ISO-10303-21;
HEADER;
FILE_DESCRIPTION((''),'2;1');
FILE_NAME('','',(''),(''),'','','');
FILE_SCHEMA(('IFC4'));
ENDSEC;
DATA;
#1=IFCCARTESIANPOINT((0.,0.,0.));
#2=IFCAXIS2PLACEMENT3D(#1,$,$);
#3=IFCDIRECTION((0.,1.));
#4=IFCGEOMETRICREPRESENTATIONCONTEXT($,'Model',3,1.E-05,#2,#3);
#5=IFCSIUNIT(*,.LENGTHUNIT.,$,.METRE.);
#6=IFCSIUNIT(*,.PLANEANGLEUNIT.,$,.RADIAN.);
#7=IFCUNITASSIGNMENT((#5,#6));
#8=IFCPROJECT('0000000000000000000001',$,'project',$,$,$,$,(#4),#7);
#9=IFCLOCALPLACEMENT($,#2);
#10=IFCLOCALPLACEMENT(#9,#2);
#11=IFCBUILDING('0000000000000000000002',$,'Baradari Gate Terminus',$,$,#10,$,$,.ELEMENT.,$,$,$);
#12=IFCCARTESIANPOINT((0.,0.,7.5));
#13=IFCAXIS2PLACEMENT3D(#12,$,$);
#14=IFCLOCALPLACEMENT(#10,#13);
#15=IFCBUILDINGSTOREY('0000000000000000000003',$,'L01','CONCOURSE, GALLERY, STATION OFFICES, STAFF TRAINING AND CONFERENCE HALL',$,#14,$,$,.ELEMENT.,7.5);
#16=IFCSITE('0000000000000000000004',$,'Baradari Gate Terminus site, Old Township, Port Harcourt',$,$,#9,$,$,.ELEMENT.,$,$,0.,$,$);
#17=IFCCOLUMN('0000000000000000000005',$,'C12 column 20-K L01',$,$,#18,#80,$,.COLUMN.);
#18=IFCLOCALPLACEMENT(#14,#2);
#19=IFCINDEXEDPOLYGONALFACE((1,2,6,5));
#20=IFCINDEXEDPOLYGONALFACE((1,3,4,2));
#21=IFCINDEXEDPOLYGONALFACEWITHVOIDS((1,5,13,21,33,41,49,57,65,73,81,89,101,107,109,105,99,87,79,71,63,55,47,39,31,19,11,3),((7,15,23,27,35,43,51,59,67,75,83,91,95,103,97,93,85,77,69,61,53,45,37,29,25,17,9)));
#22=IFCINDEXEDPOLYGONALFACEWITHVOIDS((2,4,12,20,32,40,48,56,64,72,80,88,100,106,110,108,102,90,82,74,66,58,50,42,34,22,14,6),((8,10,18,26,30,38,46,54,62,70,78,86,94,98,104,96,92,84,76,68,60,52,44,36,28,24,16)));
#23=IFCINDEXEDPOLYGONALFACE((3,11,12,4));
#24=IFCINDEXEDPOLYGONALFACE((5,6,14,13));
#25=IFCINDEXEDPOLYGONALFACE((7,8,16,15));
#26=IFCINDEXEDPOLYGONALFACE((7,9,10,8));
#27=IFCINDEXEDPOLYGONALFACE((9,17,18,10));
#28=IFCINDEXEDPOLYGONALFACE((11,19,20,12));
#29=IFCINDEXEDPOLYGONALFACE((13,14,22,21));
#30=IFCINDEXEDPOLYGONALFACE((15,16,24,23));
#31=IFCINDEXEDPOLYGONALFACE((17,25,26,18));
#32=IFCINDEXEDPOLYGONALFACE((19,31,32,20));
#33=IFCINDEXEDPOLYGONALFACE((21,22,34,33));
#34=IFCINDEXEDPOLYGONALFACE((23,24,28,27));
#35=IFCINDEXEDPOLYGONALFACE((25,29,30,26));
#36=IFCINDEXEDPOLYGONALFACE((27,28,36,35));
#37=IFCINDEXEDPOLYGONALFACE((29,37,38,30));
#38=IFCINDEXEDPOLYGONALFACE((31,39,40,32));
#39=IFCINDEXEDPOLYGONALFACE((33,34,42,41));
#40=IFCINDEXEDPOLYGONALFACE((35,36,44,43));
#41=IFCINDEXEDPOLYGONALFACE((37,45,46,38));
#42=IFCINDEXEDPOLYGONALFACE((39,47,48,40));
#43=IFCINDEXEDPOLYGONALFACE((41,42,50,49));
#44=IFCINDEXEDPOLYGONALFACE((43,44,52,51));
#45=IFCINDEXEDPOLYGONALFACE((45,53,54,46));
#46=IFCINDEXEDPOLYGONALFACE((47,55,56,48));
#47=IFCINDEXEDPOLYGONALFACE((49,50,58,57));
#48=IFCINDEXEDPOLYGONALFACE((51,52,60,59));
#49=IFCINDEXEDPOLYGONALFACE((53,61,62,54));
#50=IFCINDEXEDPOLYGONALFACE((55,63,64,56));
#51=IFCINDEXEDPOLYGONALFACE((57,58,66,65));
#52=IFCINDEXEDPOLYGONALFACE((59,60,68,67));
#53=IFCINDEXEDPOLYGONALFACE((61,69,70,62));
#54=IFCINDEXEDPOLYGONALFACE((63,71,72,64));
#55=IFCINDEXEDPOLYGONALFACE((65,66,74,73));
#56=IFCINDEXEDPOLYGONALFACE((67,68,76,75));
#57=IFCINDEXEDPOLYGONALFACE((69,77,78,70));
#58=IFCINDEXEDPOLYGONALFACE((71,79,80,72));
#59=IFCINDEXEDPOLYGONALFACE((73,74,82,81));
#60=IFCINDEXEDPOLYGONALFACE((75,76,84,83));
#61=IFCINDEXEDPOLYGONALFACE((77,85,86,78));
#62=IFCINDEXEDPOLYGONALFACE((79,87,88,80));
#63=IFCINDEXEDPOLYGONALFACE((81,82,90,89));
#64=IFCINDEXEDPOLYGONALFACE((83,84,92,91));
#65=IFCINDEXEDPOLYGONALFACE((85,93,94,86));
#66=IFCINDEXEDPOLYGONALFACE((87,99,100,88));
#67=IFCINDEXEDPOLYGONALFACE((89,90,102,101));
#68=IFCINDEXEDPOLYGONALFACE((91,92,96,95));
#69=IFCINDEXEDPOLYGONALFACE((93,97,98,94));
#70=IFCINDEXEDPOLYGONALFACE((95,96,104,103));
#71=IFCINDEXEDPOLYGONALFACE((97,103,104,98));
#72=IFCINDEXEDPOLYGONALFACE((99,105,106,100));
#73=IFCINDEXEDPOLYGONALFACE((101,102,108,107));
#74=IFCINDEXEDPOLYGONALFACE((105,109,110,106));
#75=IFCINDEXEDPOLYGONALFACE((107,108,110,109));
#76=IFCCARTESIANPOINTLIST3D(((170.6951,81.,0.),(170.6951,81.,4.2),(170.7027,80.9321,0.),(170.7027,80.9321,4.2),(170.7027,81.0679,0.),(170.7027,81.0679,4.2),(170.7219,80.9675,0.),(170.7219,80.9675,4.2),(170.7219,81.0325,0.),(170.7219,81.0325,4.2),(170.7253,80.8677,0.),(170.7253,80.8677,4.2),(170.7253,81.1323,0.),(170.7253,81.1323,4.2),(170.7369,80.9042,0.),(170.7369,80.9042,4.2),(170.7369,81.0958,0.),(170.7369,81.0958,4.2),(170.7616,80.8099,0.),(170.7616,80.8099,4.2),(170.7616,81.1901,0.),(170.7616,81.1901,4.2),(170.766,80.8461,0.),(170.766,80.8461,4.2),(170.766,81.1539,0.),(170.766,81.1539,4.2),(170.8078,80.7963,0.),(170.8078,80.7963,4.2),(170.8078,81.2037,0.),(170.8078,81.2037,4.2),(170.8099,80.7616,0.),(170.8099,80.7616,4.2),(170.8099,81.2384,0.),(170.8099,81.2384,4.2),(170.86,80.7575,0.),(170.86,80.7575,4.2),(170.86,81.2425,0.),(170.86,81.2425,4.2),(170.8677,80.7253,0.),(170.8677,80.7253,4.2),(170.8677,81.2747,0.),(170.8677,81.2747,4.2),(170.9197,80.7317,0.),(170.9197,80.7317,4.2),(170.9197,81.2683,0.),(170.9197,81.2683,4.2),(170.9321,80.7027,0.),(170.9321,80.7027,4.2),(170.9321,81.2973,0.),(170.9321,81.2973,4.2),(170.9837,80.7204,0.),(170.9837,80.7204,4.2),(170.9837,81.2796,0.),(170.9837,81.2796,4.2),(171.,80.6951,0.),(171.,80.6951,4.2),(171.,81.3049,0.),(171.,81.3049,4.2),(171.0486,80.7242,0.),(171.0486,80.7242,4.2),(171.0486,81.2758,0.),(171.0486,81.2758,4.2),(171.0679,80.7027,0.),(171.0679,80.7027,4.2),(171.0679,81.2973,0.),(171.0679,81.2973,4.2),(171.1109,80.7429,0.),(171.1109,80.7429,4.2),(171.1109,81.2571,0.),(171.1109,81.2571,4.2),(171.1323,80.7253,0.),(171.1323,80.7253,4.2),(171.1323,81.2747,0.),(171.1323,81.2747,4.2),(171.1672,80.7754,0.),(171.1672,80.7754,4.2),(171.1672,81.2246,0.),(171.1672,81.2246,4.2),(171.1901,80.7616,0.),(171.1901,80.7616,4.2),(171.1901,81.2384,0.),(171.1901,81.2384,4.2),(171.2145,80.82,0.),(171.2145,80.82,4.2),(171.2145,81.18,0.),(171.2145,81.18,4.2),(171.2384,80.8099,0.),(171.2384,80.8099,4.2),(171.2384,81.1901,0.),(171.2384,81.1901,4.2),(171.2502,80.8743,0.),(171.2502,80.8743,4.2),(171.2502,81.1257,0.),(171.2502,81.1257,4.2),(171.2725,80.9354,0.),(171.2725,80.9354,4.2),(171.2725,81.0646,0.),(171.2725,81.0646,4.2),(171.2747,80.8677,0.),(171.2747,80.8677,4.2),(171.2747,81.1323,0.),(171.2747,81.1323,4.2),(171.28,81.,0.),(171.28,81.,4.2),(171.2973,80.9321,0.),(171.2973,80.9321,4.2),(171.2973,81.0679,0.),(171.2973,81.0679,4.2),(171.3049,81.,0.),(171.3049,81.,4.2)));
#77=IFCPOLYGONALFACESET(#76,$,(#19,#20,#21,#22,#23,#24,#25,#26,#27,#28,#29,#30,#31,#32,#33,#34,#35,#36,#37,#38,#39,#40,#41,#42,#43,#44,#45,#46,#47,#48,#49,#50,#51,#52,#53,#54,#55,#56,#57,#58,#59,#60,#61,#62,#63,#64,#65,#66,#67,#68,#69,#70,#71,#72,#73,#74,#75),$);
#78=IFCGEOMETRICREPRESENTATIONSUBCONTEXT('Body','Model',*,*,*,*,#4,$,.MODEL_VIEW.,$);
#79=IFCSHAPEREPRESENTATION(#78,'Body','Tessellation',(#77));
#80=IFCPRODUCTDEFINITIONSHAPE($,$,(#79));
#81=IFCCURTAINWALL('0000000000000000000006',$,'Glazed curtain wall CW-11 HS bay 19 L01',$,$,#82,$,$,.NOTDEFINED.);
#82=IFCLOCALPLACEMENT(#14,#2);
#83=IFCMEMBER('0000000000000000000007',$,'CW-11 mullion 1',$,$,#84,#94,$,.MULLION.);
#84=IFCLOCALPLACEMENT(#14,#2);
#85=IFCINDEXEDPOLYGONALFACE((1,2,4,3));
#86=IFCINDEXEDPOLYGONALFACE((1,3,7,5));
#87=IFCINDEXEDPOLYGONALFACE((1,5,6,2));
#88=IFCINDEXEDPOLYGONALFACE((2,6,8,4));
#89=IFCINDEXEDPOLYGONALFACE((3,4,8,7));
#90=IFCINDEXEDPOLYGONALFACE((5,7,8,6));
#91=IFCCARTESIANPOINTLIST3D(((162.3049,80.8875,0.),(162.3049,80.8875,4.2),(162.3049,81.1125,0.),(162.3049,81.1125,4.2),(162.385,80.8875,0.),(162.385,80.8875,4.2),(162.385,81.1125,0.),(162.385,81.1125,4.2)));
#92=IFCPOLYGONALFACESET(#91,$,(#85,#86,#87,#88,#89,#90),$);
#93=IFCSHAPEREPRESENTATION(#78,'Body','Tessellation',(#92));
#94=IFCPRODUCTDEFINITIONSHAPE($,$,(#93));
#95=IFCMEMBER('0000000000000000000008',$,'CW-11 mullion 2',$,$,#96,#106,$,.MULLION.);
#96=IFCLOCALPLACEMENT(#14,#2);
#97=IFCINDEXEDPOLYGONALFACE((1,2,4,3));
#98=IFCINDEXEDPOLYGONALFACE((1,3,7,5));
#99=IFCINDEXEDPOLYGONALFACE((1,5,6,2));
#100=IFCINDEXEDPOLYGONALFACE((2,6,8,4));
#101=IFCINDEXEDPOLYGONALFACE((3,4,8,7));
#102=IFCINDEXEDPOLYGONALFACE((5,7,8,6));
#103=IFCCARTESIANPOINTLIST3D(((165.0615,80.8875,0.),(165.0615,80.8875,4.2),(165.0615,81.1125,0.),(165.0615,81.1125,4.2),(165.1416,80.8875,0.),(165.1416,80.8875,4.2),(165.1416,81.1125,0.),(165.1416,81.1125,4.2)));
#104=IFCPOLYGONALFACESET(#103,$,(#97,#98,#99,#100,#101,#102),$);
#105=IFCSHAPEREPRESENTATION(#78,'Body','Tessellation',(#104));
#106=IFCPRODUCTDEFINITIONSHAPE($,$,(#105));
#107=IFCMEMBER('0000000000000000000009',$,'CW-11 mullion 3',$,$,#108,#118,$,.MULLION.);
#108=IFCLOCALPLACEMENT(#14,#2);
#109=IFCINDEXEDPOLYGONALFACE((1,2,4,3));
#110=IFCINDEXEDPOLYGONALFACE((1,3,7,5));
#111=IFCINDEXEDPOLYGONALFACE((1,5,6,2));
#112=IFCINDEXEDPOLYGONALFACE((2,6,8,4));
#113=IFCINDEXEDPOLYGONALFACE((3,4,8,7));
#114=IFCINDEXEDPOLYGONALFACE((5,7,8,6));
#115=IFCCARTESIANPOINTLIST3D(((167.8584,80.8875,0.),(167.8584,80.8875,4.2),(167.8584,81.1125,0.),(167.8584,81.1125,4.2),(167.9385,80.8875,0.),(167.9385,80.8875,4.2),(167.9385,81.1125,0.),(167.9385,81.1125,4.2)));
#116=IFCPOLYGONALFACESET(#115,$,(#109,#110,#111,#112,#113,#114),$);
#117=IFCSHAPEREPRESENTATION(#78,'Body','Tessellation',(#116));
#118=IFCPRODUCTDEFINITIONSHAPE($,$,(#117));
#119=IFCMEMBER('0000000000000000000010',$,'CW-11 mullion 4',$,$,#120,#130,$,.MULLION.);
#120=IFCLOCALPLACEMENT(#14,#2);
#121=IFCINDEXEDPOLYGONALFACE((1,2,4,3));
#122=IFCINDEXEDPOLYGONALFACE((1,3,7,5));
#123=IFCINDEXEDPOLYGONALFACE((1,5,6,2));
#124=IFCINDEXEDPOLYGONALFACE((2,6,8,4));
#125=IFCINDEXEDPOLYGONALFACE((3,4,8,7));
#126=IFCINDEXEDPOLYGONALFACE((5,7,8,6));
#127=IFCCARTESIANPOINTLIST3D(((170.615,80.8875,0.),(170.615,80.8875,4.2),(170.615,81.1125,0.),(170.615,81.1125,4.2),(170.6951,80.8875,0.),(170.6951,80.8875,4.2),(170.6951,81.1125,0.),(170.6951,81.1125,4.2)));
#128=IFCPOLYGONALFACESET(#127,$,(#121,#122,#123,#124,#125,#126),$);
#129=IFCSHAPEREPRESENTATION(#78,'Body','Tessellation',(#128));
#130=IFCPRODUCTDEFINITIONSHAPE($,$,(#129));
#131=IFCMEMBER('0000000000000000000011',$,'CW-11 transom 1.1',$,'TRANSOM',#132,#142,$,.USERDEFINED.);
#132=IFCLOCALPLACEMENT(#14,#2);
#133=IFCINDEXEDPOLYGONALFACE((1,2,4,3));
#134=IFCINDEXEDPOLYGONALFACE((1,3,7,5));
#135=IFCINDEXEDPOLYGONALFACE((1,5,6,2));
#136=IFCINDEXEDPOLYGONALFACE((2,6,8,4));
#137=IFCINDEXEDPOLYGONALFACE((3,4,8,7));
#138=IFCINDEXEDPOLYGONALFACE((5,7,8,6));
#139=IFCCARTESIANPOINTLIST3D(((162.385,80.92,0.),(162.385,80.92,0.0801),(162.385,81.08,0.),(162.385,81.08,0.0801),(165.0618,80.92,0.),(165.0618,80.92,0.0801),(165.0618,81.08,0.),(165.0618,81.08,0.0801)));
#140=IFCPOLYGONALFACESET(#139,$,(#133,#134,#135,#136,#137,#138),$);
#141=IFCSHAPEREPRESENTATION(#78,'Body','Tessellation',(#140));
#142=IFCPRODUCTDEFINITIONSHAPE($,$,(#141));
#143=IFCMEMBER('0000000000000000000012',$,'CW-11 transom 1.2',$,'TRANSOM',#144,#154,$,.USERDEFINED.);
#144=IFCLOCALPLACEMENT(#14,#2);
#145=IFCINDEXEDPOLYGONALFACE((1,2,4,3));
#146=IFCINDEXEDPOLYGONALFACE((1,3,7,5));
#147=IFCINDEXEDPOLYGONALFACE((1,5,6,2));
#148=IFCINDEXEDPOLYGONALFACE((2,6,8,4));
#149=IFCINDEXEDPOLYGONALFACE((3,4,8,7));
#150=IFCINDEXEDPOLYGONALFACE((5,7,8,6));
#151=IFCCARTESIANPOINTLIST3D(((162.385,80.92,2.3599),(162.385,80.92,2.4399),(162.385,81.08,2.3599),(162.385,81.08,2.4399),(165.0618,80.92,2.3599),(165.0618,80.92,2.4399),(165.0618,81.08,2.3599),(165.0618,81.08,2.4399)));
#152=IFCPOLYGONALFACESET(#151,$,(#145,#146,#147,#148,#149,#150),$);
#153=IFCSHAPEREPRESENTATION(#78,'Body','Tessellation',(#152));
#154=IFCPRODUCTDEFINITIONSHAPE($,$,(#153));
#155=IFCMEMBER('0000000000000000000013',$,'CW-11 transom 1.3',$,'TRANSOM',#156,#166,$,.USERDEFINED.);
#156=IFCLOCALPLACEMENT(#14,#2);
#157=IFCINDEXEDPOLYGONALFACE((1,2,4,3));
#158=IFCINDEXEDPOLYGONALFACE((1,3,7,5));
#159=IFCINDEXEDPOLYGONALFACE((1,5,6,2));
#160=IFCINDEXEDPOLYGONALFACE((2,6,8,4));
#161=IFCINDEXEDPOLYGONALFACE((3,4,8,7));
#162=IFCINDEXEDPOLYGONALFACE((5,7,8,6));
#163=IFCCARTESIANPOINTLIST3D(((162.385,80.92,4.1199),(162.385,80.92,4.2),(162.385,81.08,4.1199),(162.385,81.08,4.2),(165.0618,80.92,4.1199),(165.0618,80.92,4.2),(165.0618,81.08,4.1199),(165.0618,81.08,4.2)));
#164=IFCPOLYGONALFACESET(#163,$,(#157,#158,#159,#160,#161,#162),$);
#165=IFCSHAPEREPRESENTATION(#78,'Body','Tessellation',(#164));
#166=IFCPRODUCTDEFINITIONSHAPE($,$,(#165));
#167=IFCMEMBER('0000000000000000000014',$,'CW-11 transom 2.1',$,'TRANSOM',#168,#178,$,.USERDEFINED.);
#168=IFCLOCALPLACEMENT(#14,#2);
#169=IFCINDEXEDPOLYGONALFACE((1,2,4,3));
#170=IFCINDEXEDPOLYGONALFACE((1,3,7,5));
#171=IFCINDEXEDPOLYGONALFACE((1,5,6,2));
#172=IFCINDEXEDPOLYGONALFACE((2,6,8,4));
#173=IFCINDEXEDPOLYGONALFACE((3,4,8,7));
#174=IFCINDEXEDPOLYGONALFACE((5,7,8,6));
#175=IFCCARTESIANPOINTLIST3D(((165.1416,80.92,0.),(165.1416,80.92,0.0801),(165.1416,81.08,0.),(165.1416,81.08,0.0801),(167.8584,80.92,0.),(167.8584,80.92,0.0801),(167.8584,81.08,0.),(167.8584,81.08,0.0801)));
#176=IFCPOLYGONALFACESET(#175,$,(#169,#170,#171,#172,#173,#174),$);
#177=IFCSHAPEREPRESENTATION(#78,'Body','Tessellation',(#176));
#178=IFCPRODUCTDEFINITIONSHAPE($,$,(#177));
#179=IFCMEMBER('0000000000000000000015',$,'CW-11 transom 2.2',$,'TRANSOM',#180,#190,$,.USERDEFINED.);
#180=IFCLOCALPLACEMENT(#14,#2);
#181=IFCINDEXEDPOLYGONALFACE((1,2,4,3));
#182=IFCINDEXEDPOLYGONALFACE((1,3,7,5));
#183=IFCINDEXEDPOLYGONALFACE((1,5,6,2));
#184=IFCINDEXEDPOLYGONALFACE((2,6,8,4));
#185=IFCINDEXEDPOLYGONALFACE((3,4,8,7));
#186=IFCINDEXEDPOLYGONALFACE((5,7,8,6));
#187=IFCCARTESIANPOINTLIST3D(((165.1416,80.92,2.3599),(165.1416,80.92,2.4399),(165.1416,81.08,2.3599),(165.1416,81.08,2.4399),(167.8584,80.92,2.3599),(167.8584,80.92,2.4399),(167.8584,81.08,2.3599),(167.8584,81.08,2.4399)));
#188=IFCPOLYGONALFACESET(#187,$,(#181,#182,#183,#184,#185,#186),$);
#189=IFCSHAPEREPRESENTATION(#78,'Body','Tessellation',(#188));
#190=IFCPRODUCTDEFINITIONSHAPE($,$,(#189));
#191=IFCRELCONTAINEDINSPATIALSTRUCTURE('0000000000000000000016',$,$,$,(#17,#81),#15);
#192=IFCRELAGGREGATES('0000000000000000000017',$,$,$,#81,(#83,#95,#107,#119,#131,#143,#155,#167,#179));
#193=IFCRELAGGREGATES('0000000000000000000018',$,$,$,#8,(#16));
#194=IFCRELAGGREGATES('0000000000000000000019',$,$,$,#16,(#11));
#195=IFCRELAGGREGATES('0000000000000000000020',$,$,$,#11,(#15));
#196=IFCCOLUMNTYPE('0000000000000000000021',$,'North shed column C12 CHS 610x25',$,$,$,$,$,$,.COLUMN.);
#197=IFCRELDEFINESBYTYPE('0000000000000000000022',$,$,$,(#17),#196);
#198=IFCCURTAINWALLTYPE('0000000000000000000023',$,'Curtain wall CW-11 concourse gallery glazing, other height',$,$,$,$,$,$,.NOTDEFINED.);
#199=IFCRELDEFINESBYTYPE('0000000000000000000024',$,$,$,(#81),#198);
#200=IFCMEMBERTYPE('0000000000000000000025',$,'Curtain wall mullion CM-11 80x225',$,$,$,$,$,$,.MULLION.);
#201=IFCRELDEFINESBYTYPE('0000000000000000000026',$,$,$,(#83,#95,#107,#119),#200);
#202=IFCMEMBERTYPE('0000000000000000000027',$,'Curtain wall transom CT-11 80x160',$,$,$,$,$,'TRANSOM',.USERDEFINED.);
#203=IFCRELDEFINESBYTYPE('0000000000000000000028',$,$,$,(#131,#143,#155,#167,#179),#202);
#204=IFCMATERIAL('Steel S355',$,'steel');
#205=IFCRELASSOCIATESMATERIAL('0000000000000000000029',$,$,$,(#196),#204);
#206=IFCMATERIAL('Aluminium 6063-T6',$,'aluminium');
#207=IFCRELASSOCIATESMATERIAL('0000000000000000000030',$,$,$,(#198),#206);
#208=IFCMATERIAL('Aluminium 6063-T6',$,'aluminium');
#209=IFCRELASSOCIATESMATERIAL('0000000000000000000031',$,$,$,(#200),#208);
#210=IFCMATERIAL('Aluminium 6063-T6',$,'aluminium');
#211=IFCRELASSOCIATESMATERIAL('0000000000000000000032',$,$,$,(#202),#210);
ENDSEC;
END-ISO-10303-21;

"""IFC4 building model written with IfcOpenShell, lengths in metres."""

from ifc_helpers import new_model, si_unit, direction, frame, origin, origin_2d, place, context, subcontext, project, spatial, rectangle, hollow_circle, extrude, material, material_profile, profile_set, type_object, element, aggregate, save


model = new_model("IFC4")

# Units and contexts
model_context = context("Model", 3, precision=1e-05, world=origin(), true_north=direction((0.0, 1.0)))
body_context = subcontext(model_context, "Body", "Model", "MODEL_VIEW")
ifc_project = project(units=[si_unit("LENGTHUNIT", "METRE"), si_unit("PLANEANGLEUNIT", "RADIAN")], contexts=[model_context])

# Site, building, storey
site_placement = place(None, origin())
site = spatial("IfcSite", under=ifc_project, at=site_placement, Name="Baradari Gate Terminus site, Old Township, Port Harcourt", CompositionType="ELEMENT", RefElevation=0.0)
building_placement = place(site_placement, origin())
building = spatial("IfcBuilding", under=site, at=building_placement, Name="Baradari Gate Terminus", CompositionType="ELEMENT")
storey_placement = place(building_placement, frame((0.0, 0.0, 7.5)))
storey = spatial("IfcBuildingStorey", under=building, at=storey_placement, Name="L01", Description="CONCOURSE, GALLERY, STATION OFFICES, STAFF TRAINING AND CONFERENCE HALL", CompositionType="ELEMENT", Elevation=7.5)

# Column
ifc_material_1 = material(Name="Steel S355", Category="steel")
ifc_material_profile_1 = material_profile(ifc_material_1, hollow_circle(Radius=0.3049, WallThickness=0.0249, at=origin_2d()), Name="CHS 610x25")
ifc_profile_set_1 = profile_set([ifc_material_profile_1], Name="Steel S355")
column_type = type_object("IfcColumnType", Name="North shed column C12 CHS 610x25", PredefinedType="COLUMN", material=ifc_profile_set_1)
column_placement = place(storey_placement, frame((171.0, 81.0, 0.0), z_axis=(0.0, 0.0, 1.0), x_axis=(1.0, 0.0, 0.0)))
element("IfcColumn", 1, at=column_placement, inside=storey, type_object=column_type, Name="C12 column 20-K L01", PredefinedType="COLUMN", context=body_context, shape_type="SweptSolid", body=[
    extrude(hollow_circle(Radius=0.3049, WallThickness=0.0249, at=origin_2d()), origin(), (0.0, 0.0, 1.0), 4.2),
])

# Curtain wall, members
ifc_material_2 = material(Name="Aluminium 6063-T6", Category="aluminium")
curtain_wall_type = type_object("IfcCurtainWallType", Name="Curtain wall CW-11 concourse gallery glazing, other height", PredefinedType="NOTDEFINED", material=ifc_material_2)
curtain_wall_placement = place(storey_placement, origin())
curtain_wall = element("IfcCurtainWall", 2, at=curtain_wall_placement, inside=storey, type_object=curtain_wall_type, Name="Glazed curtain wall CW-11 HS bay 19 L01", PredefinedType="NOTDEFINED")
ifc_material_3 = material(Name="Aluminium 6063-T6", Category="aluminium")
ifc_material_profile_2 = material_profile(ifc_material_3, rectangle(XDim=0.2251, YDim=0.0801, at=origin_2d()), Name="CM-11 80X225")
ifc_profile_set_2 = profile_set([ifc_material_profile_2], Name="Aluminium 6063-T6")
member_type_1 = type_object("IfcMemberType", Name="Curtain wall mullion CM-11 80x225", PredefinedType="MULLION", material=ifc_profile_set_2)
member_1_placement = place(storey_placement, frame((162.345, 81.0, 0.0), z_axis=(0.0, 0.0, 1.0), x_axis=(0.0, 1.0, 0.0)))
member_1 = element("IfcMember", 3, at=member_1_placement, type_object=member_type_1, Name="CW-11 mullion 1", PredefinedType="MULLION", context=body_context, shape_type="SweptSolid", body=[
    extrude(rectangle(XDim=0.2251, YDim=0.0801, at=origin_2d()), origin(), (0.0, 0.0, 1.0), 4.2),
])
member_2_placement = place(storey_placement, frame((165.1016, 81.0, 0.0), z_axis=(0.0, 0.0, 1.0), x_axis=(0.0, 1.0, 0.0)))
member_2 = element("IfcMember", 4, at=member_2_placement, type_object=member_type_1, Name="CW-11 mullion 2", PredefinedType="MULLION", context=body_context, shape_type="SweptSolid", body=[
    extrude(rectangle(XDim=0.2251, YDim=0.0801, at=origin_2d()), origin(), (0.0, 0.0, 1.0), 4.2),
])
member_3_placement = place(storey_placement, frame((167.8984, 81.0, 0.0), z_axis=(0.0, 0.0, 1.0), x_axis=(0.0, 1.0, 0.0)))
member_3 = element("IfcMember", 5, at=member_3_placement, type_object=member_type_1, Name="CW-11 mullion 3", PredefinedType="MULLION", context=body_context, shape_type="SweptSolid", body=[
    extrude(rectangle(XDim=0.2251, YDim=0.0801, at=origin_2d()), origin(), (0.0, 0.0, 1.0), 4.2),
])
member_4_placement = place(storey_placement, frame((170.655, 81.0, 0.0), z_axis=(0.0, 0.0, 1.0), x_axis=(0.0, 1.0, 0.0)))
member_4 = element("IfcMember", 6, at=member_4_placement, type_object=member_type_1, Name="CW-11 mullion 4", PredefinedType="MULLION", context=body_context, shape_type="SweptSolid", body=[
    extrude(rectangle(XDim=0.2251, YDim=0.0801, at=origin_2d()), origin(), (0.0, 0.0, 1.0), 4.2),
])
ifc_material_4 = material(Name="Aluminium 6063-T6", Category="aluminium")
ifc_material_profile_3 = material_profile(ifc_material_4, rectangle(XDim=0.1599, YDim=0.0801, at=origin_2d()), Name="CT-11 80X160")
ifc_profile_set_3 = profile_set([ifc_material_profile_3], Name="Aluminium 6063-T6")
member_type_2 = type_object("IfcMemberType", Name="Curtain wall transom CT-11 80x160", ElementType="TRANSOM", PredefinedType="USERDEFINED", material=ifc_profile_set_3)
member_5_placement = place(storey_placement, frame((162.385, 81.0, 0.04), z_axis=(1.0, 0.0, 0.0), x_axis=(0.0, 1.0, 0.0)))
member_5 = element("IfcMember", 7, at=member_5_placement, type_object=member_type_2, Name="CW-11 transom 1.1", ObjectType="TRANSOM", PredefinedType="USERDEFINED", context=body_context, shape_type="SweptSolid", body=[
    extrude(rectangle(XDim=0.1599, YDim=0.0801, at=origin_2d()), origin(), (0.0, 0.0, 1.0), 2.6768),
])
member_6_placement = place(storey_placement, frame((162.385, 81.0, 2.3999), z_axis=(1.0, 0.0, 0.0), x_axis=(0.0, 1.0, 0.0)))
member_6 = element("IfcMember", 8, at=member_6_placement, type_object=member_type_2, Name="CW-11 transom 1.2", ObjectType="TRANSOM", PredefinedType="USERDEFINED", context=body_context, shape_type="SweptSolid", body=[
    extrude(rectangle(XDim=0.1599, YDim=0.0801, at=origin_2d()), origin(), (0.0, 0.0, 1.0), 2.6768),
])
member_7_placement = place(storey_placement, frame((162.385, 81.0, 4.1599), z_axis=(1.0, 0.0, 0.0), x_axis=(0.0, 1.0, 0.0)))
member_7 = element("IfcMember", 9, at=member_7_placement, type_object=member_type_2, Name="CW-11 transom 1.3", ObjectType="TRANSOM", PredefinedType="USERDEFINED", context=body_context, shape_type="SweptSolid", body=[
    extrude(rectangle(XDim=0.1599, YDim=0.0801, at=origin_2d()), origin(), (0.0, 0.0, 1.0), 2.6768),
])
member_8_placement = place(storey_placement, frame((165.1416, 81.0, 0.04), z_axis=(1.0, 0.0, 0.0), x_axis=(0.0, 1.0, 0.0)))
member_8 = element("IfcMember", 10, at=member_8_placement, type_object=member_type_2, Name="CW-11 transom 2.1", ObjectType="TRANSOM", PredefinedType="USERDEFINED", context=body_context, shape_type="SweptSolid", body=[
    extrude(rectangle(XDim=0.1599, YDim=0.0801, at=origin_2d()), origin(), (0.0, 0.0, 1.0), 2.7168),
])
member_9_placement = place(storey_placement, frame((165.1416, 81.0, 2.3999), z_axis=(1.0, 0.0, 0.0), x_axis=(0.0, 1.0, 0.0)))
member_9 = element("IfcMember", 11, at=member_9_placement, type_object=member_type_2, Name="CW-11 transom 2.2", ObjectType="TRANSOM", PredefinedType="USERDEFINED", context=body_context, shape_type="SweptSolid", body=[
    extrude(rectangle(XDim=0.1599, YDim=0.0801, at=origin_2d()), origin(), (0.0, 0.0, 1.0), 2.7168),
])

aggregate(curtain_wall, [member_1, member_2, member_3, member_4, member_5, member_6, member_7, member_8, member_9])

save(model, "model.ifc")
